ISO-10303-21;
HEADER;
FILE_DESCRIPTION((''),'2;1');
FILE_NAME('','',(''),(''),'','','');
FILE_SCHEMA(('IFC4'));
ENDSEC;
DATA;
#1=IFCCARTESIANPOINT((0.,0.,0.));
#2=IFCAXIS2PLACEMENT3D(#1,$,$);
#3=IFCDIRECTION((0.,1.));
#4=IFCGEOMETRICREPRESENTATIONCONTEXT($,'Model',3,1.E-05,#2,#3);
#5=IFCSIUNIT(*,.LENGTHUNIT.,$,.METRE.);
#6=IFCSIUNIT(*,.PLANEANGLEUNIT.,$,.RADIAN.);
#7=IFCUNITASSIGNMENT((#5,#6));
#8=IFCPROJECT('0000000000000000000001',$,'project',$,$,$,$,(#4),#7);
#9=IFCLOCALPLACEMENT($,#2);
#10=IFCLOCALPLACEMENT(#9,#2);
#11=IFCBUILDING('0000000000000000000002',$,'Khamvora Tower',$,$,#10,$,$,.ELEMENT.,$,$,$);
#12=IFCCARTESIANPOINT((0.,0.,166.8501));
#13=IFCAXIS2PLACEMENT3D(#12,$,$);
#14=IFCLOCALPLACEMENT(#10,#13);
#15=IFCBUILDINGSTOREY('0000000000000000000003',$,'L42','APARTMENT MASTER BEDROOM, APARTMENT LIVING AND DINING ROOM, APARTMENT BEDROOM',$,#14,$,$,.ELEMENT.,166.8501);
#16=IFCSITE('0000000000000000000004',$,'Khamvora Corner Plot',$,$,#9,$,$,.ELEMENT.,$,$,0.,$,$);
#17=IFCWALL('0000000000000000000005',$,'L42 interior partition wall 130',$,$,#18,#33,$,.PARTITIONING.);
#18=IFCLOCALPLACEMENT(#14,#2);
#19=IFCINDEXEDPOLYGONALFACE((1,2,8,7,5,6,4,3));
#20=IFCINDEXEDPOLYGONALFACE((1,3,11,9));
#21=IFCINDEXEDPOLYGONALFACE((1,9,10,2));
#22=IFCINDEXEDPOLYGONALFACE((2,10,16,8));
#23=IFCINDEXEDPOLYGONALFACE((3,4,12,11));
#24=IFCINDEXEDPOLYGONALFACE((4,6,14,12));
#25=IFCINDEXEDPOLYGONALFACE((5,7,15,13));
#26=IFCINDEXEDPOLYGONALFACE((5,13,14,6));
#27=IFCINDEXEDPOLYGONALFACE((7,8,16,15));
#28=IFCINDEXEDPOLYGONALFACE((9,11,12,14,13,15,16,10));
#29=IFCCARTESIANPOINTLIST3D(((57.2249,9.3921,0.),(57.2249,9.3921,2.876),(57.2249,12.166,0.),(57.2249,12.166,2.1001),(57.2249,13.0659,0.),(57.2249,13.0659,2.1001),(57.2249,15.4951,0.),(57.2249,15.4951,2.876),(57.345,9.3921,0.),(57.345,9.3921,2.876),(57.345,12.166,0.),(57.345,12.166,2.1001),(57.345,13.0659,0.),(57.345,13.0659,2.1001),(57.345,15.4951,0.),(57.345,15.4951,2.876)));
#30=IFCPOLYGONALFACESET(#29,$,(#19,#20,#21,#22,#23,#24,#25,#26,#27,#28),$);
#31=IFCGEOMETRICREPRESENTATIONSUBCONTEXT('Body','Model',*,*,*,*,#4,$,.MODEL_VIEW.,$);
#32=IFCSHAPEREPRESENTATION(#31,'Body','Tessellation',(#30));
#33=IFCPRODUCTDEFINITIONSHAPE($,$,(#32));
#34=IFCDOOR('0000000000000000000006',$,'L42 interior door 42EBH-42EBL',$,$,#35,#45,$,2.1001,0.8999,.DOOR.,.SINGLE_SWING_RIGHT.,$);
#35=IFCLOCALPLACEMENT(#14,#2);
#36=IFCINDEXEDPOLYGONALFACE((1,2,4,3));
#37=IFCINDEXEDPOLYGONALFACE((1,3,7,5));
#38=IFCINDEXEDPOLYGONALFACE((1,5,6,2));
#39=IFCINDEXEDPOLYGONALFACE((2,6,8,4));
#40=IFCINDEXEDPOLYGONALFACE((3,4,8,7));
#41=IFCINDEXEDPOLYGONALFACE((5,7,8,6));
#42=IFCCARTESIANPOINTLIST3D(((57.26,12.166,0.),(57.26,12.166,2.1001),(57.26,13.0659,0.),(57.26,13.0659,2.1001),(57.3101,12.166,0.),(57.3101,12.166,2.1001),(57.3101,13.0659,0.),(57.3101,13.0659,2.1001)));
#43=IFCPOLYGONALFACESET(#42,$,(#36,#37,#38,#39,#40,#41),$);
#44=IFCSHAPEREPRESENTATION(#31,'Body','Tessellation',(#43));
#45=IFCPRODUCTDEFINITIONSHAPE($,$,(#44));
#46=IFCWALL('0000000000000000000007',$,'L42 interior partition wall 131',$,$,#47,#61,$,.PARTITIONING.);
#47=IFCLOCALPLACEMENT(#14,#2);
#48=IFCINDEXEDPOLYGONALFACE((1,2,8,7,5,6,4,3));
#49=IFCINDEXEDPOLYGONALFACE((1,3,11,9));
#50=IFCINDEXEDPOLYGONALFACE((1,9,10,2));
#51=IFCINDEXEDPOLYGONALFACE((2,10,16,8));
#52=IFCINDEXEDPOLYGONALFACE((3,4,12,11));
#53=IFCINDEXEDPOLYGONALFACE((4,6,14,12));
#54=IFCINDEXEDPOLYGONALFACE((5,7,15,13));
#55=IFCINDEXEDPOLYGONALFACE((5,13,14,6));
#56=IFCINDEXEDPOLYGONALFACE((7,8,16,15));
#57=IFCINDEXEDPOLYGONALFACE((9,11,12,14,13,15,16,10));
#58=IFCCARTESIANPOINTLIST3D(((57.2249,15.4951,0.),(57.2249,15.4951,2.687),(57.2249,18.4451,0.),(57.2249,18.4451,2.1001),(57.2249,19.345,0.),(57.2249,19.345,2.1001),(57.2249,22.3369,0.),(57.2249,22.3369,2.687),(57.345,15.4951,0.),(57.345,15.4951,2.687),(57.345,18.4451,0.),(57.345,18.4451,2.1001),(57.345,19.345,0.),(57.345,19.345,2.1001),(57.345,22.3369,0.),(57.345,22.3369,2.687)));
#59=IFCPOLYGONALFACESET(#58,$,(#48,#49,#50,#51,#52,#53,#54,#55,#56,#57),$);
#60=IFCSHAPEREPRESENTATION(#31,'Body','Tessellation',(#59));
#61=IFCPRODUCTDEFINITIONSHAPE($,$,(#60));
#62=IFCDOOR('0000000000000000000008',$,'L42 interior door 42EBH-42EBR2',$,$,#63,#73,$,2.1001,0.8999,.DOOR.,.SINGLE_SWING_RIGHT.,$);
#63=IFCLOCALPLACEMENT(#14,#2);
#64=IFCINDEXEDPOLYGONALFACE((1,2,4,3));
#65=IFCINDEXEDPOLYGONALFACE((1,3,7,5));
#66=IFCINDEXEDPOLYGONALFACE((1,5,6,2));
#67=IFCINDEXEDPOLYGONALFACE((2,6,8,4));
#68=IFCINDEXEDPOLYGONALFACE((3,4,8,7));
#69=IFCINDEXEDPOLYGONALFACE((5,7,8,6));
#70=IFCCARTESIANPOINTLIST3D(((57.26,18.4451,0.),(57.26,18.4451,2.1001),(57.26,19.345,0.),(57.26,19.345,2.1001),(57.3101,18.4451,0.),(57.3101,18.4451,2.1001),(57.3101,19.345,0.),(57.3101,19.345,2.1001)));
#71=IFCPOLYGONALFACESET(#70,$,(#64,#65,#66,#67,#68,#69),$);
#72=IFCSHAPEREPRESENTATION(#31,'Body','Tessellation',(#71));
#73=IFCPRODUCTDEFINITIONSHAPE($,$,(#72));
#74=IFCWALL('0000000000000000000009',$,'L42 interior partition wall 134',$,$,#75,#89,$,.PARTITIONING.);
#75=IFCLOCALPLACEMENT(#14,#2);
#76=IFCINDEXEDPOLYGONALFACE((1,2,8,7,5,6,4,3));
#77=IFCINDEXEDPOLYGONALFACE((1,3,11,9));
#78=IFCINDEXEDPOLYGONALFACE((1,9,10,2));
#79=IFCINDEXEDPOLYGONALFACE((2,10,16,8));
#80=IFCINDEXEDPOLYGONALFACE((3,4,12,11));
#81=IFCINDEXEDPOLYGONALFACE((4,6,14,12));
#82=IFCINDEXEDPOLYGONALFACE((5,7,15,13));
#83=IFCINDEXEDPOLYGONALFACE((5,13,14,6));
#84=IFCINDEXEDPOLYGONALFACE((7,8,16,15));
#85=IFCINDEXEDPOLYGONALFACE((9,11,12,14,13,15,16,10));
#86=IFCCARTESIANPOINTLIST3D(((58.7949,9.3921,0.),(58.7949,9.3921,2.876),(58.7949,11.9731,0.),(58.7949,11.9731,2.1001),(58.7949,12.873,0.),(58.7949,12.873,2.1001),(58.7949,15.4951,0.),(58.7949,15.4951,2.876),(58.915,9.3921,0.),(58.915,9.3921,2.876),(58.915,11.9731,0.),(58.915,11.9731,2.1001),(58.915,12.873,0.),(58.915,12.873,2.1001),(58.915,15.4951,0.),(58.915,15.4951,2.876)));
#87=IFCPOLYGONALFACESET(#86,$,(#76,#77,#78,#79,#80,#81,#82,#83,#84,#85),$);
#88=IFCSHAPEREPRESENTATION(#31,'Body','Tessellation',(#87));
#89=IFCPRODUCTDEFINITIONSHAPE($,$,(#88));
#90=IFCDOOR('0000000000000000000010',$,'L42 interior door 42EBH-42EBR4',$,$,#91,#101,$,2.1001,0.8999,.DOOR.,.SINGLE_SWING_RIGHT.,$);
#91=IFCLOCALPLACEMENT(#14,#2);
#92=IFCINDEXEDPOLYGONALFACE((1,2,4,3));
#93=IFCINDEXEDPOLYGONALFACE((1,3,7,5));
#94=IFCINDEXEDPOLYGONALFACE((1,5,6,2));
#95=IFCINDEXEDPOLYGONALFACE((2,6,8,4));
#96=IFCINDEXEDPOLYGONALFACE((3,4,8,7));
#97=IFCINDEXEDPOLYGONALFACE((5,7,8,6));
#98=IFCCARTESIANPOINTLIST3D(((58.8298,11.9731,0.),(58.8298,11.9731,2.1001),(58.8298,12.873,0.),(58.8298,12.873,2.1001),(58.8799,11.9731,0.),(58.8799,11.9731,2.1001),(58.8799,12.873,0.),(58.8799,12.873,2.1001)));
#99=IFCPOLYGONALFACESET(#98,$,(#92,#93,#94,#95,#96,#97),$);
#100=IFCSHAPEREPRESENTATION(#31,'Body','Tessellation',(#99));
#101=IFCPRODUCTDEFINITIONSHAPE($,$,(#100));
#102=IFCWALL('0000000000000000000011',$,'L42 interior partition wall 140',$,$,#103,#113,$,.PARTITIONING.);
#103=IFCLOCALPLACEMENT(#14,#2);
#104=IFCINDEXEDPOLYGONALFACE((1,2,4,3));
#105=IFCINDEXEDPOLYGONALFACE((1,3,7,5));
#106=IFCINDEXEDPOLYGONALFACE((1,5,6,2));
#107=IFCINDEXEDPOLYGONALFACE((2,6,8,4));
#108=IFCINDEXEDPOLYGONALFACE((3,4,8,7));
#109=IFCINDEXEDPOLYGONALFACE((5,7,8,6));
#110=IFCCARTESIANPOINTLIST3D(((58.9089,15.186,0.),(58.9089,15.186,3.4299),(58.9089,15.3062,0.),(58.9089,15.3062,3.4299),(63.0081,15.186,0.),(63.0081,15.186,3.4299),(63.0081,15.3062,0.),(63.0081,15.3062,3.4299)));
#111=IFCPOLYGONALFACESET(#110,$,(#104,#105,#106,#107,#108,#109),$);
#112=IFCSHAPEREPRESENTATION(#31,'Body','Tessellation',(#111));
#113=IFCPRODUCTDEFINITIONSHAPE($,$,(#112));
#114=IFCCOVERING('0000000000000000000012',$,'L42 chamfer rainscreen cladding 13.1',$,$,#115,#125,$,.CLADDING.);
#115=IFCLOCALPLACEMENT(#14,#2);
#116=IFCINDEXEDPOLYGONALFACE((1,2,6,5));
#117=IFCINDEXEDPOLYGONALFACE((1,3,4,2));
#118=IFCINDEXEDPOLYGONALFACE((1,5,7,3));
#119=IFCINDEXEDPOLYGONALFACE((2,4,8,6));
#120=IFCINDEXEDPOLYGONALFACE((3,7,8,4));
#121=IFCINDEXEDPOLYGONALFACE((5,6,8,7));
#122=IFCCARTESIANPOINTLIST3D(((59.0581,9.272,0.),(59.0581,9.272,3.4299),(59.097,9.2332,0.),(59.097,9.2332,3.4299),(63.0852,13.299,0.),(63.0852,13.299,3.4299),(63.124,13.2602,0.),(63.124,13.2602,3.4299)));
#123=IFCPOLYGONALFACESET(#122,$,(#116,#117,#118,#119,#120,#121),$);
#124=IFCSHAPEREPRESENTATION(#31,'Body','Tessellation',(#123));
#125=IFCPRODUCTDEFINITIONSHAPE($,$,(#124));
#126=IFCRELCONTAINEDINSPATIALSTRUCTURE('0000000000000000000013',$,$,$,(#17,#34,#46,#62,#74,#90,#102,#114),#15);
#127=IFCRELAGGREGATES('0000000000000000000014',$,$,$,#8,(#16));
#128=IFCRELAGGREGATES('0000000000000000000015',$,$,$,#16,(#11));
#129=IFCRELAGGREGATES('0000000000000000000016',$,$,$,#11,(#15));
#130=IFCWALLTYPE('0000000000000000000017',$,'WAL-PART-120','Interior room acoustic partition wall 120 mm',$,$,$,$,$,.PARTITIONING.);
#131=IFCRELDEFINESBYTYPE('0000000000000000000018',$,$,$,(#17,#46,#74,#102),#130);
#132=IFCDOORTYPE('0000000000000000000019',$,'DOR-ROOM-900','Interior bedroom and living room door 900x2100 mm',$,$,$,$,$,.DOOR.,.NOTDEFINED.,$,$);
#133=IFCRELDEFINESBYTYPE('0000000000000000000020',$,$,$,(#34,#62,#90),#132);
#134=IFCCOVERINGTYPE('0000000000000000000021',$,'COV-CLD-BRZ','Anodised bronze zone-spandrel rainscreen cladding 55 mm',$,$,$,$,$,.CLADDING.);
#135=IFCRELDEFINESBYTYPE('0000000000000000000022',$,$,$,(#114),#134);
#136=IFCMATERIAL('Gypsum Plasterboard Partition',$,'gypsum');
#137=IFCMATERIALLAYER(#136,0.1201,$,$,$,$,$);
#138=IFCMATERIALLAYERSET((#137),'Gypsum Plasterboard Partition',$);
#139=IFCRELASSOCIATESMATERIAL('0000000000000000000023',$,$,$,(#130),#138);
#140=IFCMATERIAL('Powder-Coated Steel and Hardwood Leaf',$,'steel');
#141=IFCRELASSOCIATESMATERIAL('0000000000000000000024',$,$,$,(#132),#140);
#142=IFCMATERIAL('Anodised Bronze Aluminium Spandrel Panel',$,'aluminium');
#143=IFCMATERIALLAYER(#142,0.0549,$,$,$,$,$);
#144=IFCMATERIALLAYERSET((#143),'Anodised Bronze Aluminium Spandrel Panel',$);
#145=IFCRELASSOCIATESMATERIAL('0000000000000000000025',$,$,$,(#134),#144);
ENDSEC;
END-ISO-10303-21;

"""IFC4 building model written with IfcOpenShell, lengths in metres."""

from ifc_helpers import new_model, si_unit, direction, frame, frame_2d, origin, origin_2d, place, context, subcontext, project, spatial, rectangle, extrude, material, layer, layer_set, type_object, element, fill, save


model = new_model("IFC4")

# Units and contexts
model_context = context("Model", 3, precision=1e-05, world=origin(), true_north=direction((0.0, 1.0)))
body_context = subcontext(model_context, "Body", "Model", "MODEL_VIEW")
ifc_project = project(units=[si_unit("LENGTHUNIT", "METRE"), si_unit("PLANEANGLEUNIT", "RADIAN")], contexts=[model_context])

# Site, building, storey
site_placement = place(None, origin())
site = spatial("IfcSite", under=ifc_project, at=site_placement, Name="Khamvora Corner Plot", CompositionType="ELEMENT", RefElevation=0.0)
building_placement = place(site_placement, origin())
building = spatial("IfcBuilding", under=site, at=building_placement, Name="Khamvora Tower", CompositionType="ELEMENT")
storey_placement = place(building_placement, frame((0.0, 0.0, 166.8501)))
storey = spatial("IfcBuildingStorey", under=building, at=storey_placement, Name="L42", Description="APARTMENT MASTER BEDROOM, APARTMENT LIVING AND DINING ROOM, APARTMENT BEDROOM", CompositionType="ELEMENT", Elevation=166.8501)

# Walls, openings, doors
ifc_material_1 = material(Name="Gypsum Plasterboard Partition", Category="gypsum")
ifc_layer_1 = layer(ifc_material_1, 0.1201)
ifc_layer_set_1 = layer_set([ifc_layer_1], Name="Gypsum Plasterboard Partition")
wall_type_1 = type_object("IfcWallType", Name="WAL-PART-120", Description="Interior room acoustic partition wall 120 mm", PredefinedType="PARTITIONING", material=ifc_layer_set_1)
wall_1_placement = place(storey_placement, frame((57.2849, 9.3921, 0.0), z_axis=(0.0, 0.0, 1.0), x_axis=(0.0, 1.0, 0.0)))
wall_1 = element("IfcWall", 1, at=wall_1_placement, inside=storey, type_object=wall_type_1, Name="L42 interior partition wall 130", PredefinedType="PARTITIONING", context=body_context, shape_type="SweptSolid", body=[
    extrude(rectangle(XDim=6.103, YDim=0.1201, at=frame_2d((3.0515, 0.0))), origin(), (0.0, 0.0, 1.0), 2.876),
])
opening_1_placement = place(wall_1_placement, frame((2.7739, 0.0, 0.0)))
opening_1 = element("IfcOpeningElement", 2, at=opening_1_placement, cuts=wall_1, PredefinedType="OPENING", context=body_context, shape_type="SweptSolid", body=[
    extrude(rectangle(XDim=0.8999, YDim=2.1001, at=frame_2d((0.45, 1.05))), frame((0.0, 0.0701, 0.0), z_axis=(0.0, -1.0, 0.0), x_axis=(1.0, 0.0, 0.0)), (0.0, 0.0, 1.0), 0.1401),
])
ifc_material_2 = material(Name="Powder-Coated Steel and Hardwood Leaf", Category="steel")
door_type = type_object("IfcDoorType", Name="DOR-ROOM-900", Description="Interior bedroom and living room door 900x2100 mm", OperationType="NOTDEFINED", PredefinedType="DOOR", material=ifc_material_2)
door_1_placement = place(opening_1_placement, origin())
door_1 = element("IfcDoor", 3, at=door_1_placement, inside=storey, type_object=door_type, Name="L42 interior door 42EBH-42EBL", OperationType="SINGLE_SWING_RIGHT", OverallHeight=2.1001, OverallWidth=0.8999, PredefinedType="DOOR", context=body_context, shape_type="SweptSolid", body=[
    extrude(rectangle(XDim=0.8999, YDim=2.1001, at=frame_2d((0.45, 1.05))), frame((0.0, 0.0249, 0.0), z_axis=(0.0, -1.0, 0.0), x_axis=(1.0, 0.0, 0.0)), (0.0, 0.0, 1.0), 0.05),
])
fill(opening_1, door_1)
wall_2_placement = place(storey_placement, frame((57.2849, 15.4951, 0.0), z_axis=(0.0, 0.0, 1.0), x_axis=(0.0, 1.0, 0.0)))
wall_2 = element("IfcWall", 4, at=wall_2_placement, inside=storey, type_object=wall_type_1, Name="L42 interior partition wall 131", PredefinedType="PARTITIONING", context=body_context, shape_type="SweptSolid", body=[
    extrude(rectangle(XDim=6.8418, YDim=0.1201, at=frame_2d((3.4209, 0.0))), origin(), (0.0, 0.0, 1.0), 2.687),
])
opening_2_placement = place(wall_2_placement, frame((2.95, 0.0, 0.0)))
opening_2 = element("IfcOpeningElement", 5, at=opening_2_placement, cuts=wall_2, PredefinedType="OPENING", context=body_context, shape_type="SweptSolid", body=[
    extrude(rectangle(XDim=0.8999, YDim=2.1001, at=frame_2d((0.45, 1.05))), frame((0.0, 0.0701, 0.0), z_axis=(0.0, -1.0, 0.0), x_axis=(1.0, 0.0, 0.0)), (0.0, 0.0, 1.0), 0.1401),
])
door_2_placement = place(opening_2_placement, origin())
door_2 = element("IfcDoor", 6, at=door_2_placement, inside=storey, type_object=door_type, Name="L42 interior door 42EBH-42EBR2", OperationType="SINGLE_SWING_RIGHT", OverallHeight=2.1001, OverallWidth=0.8999, PredefinedType="DOOR", context=body_context, shape_type="SweptSolid", body=[
    extrude(rectangle(XDim=0.8999, YDim=2.1001, at=frame_2d((0.45, 1.05))), frame((0.0, 0.0249, 0.0), z_axis=(0.0, -1.0, 0.0), x_axis=(1.0, 0.0, 0.0)), (0.0, 0.0, 1.0), 0.05),
])
fill(opening_2, door_2)
wall_3_placement = place(storey_placement, frame((58.855, 15.4951, 0.0), z_axis=(0.0, 0.0, 1.0), x_axis=(0.0, -1.0, 0.0)))
wall_3 = element("IfcWall", 7, at=wall_3_placement, inside=storey, type_object=wall_type_1, Name="L42 interior partition wall 134", PredefinedType="PARTITIONING", context=body_context, shape_type="SweptSolid", body=[
    extrude(rectangle(XDim=6.103, YDim=0.1201, at=frame_2d((3.0515, 0.0))), origin(), (0.0, 0.0, 1.0), 2.876),
])
opening_3_placement = place(wall_3_placement, frame((2.6221, 0.0, 0.0)))
opening_3 = element("IfcOpeningElement", 8, at=opening_3_placement, cuts=wall_3, PredefinedType="OPENING", context=body_context, shape_type="SweptSolid", body=[
    extrude(rectangle(XDim=0.8999, YDim=2.1001, at=frame_2d((0.45, 1.05))), frame((0.0, 0.0701, 0.0), z_axis=(0.0, -1.0, 0.0), x_axis=(1.0, 0.0, 0.0)), (0.0, 0.0, 1.0), 0.1401),
])
door_3_placement = place(opening_3_placement, origin())
door_3 = element("IfcDoor", 9, at=door_3_placement, inside=storey, type_object=door_type, Name="L42 interior door 42EBH-42EBR4", OperationType="SINGLE_SWING_RIGHT", OverallHeight=2.1001, OverallWidth=0.8999, PredefinedType="DOOR", context=body_context, shape_type="SweptSolid", body=[
    extrude(rectangle(XDim=0.8999, YDim=2.1001, at=frame_2d((0.45, 1.05))), frame((0.0, 0.0249, 0.0), z_axis=(0.0, -1.0, 0.0), x_axis=(1.0, 0.0, 0.0)), (0.0, 0.0, 1.0), 0.05),
])
fill(opening_3, door_3)

# Wall
wall_4_placement = place(storey_placement, frame((58.9089, 15.2461, 0.0), z_axis=(0.0, 0.0, 1.0), x_axis=(1.0, 0.0, 0.0)))
element("IfcWall", 10, at=wall_4_placement, inside=storey, type_object=wall_type_1, Name="L42 interior partition wall 140", PredefinedType="PARTITIONING", context=body_context, shape_type="SweptSolid", body=[
    extrude(rectangle(XDim=4.0991, YDim=0.1201, at=frame_2d((2.0496, 0.0))), origin(), (0.0, 0.0, 1.0), 3.4299),
])

# Covering
ifc_material_3 = material(Name="Anodised Bronze Aluminium Spandrel Panel", Category="aluminium")
ifc_layer_2 = layer(ifc_material_3, 0.0549)
ifc_layer_set_2 = layer_set([ifc_layer_2], Name="Anodised Bronze Aluminium Spandrel Panel")
covering_type = type_object("IfcCoveringType", Name="COV-CLD-BRZ", Description="Anodised bronze zone-spandrel rainscreen cladding 55 mm", PredefinedType="CLADDING", material=ifc_layer_set_2)
covering_placement = place(storey_placement, frame((61.0911, 11.2661, 0.0), z_axis=(0.0, 0.0, 1.0), x_axis=(-0.707107, -0.707107, 0.0)))
element("IfcCovering", 11, at=covering_placement, inside=storey, type_object=covering_type, Name="L42 chamfer rainscreen cladding 13.1", PredefinedType="CLADDING", context=body_context, shape_type="SweptSolid", body=[
    extrude(rectangle(XDim=5.6951, YDim=0.0549, at=origin_2d()), origin(), (0.0, 0.0, 1.0), 3.4299),
])

save(model, "model.ifc")
